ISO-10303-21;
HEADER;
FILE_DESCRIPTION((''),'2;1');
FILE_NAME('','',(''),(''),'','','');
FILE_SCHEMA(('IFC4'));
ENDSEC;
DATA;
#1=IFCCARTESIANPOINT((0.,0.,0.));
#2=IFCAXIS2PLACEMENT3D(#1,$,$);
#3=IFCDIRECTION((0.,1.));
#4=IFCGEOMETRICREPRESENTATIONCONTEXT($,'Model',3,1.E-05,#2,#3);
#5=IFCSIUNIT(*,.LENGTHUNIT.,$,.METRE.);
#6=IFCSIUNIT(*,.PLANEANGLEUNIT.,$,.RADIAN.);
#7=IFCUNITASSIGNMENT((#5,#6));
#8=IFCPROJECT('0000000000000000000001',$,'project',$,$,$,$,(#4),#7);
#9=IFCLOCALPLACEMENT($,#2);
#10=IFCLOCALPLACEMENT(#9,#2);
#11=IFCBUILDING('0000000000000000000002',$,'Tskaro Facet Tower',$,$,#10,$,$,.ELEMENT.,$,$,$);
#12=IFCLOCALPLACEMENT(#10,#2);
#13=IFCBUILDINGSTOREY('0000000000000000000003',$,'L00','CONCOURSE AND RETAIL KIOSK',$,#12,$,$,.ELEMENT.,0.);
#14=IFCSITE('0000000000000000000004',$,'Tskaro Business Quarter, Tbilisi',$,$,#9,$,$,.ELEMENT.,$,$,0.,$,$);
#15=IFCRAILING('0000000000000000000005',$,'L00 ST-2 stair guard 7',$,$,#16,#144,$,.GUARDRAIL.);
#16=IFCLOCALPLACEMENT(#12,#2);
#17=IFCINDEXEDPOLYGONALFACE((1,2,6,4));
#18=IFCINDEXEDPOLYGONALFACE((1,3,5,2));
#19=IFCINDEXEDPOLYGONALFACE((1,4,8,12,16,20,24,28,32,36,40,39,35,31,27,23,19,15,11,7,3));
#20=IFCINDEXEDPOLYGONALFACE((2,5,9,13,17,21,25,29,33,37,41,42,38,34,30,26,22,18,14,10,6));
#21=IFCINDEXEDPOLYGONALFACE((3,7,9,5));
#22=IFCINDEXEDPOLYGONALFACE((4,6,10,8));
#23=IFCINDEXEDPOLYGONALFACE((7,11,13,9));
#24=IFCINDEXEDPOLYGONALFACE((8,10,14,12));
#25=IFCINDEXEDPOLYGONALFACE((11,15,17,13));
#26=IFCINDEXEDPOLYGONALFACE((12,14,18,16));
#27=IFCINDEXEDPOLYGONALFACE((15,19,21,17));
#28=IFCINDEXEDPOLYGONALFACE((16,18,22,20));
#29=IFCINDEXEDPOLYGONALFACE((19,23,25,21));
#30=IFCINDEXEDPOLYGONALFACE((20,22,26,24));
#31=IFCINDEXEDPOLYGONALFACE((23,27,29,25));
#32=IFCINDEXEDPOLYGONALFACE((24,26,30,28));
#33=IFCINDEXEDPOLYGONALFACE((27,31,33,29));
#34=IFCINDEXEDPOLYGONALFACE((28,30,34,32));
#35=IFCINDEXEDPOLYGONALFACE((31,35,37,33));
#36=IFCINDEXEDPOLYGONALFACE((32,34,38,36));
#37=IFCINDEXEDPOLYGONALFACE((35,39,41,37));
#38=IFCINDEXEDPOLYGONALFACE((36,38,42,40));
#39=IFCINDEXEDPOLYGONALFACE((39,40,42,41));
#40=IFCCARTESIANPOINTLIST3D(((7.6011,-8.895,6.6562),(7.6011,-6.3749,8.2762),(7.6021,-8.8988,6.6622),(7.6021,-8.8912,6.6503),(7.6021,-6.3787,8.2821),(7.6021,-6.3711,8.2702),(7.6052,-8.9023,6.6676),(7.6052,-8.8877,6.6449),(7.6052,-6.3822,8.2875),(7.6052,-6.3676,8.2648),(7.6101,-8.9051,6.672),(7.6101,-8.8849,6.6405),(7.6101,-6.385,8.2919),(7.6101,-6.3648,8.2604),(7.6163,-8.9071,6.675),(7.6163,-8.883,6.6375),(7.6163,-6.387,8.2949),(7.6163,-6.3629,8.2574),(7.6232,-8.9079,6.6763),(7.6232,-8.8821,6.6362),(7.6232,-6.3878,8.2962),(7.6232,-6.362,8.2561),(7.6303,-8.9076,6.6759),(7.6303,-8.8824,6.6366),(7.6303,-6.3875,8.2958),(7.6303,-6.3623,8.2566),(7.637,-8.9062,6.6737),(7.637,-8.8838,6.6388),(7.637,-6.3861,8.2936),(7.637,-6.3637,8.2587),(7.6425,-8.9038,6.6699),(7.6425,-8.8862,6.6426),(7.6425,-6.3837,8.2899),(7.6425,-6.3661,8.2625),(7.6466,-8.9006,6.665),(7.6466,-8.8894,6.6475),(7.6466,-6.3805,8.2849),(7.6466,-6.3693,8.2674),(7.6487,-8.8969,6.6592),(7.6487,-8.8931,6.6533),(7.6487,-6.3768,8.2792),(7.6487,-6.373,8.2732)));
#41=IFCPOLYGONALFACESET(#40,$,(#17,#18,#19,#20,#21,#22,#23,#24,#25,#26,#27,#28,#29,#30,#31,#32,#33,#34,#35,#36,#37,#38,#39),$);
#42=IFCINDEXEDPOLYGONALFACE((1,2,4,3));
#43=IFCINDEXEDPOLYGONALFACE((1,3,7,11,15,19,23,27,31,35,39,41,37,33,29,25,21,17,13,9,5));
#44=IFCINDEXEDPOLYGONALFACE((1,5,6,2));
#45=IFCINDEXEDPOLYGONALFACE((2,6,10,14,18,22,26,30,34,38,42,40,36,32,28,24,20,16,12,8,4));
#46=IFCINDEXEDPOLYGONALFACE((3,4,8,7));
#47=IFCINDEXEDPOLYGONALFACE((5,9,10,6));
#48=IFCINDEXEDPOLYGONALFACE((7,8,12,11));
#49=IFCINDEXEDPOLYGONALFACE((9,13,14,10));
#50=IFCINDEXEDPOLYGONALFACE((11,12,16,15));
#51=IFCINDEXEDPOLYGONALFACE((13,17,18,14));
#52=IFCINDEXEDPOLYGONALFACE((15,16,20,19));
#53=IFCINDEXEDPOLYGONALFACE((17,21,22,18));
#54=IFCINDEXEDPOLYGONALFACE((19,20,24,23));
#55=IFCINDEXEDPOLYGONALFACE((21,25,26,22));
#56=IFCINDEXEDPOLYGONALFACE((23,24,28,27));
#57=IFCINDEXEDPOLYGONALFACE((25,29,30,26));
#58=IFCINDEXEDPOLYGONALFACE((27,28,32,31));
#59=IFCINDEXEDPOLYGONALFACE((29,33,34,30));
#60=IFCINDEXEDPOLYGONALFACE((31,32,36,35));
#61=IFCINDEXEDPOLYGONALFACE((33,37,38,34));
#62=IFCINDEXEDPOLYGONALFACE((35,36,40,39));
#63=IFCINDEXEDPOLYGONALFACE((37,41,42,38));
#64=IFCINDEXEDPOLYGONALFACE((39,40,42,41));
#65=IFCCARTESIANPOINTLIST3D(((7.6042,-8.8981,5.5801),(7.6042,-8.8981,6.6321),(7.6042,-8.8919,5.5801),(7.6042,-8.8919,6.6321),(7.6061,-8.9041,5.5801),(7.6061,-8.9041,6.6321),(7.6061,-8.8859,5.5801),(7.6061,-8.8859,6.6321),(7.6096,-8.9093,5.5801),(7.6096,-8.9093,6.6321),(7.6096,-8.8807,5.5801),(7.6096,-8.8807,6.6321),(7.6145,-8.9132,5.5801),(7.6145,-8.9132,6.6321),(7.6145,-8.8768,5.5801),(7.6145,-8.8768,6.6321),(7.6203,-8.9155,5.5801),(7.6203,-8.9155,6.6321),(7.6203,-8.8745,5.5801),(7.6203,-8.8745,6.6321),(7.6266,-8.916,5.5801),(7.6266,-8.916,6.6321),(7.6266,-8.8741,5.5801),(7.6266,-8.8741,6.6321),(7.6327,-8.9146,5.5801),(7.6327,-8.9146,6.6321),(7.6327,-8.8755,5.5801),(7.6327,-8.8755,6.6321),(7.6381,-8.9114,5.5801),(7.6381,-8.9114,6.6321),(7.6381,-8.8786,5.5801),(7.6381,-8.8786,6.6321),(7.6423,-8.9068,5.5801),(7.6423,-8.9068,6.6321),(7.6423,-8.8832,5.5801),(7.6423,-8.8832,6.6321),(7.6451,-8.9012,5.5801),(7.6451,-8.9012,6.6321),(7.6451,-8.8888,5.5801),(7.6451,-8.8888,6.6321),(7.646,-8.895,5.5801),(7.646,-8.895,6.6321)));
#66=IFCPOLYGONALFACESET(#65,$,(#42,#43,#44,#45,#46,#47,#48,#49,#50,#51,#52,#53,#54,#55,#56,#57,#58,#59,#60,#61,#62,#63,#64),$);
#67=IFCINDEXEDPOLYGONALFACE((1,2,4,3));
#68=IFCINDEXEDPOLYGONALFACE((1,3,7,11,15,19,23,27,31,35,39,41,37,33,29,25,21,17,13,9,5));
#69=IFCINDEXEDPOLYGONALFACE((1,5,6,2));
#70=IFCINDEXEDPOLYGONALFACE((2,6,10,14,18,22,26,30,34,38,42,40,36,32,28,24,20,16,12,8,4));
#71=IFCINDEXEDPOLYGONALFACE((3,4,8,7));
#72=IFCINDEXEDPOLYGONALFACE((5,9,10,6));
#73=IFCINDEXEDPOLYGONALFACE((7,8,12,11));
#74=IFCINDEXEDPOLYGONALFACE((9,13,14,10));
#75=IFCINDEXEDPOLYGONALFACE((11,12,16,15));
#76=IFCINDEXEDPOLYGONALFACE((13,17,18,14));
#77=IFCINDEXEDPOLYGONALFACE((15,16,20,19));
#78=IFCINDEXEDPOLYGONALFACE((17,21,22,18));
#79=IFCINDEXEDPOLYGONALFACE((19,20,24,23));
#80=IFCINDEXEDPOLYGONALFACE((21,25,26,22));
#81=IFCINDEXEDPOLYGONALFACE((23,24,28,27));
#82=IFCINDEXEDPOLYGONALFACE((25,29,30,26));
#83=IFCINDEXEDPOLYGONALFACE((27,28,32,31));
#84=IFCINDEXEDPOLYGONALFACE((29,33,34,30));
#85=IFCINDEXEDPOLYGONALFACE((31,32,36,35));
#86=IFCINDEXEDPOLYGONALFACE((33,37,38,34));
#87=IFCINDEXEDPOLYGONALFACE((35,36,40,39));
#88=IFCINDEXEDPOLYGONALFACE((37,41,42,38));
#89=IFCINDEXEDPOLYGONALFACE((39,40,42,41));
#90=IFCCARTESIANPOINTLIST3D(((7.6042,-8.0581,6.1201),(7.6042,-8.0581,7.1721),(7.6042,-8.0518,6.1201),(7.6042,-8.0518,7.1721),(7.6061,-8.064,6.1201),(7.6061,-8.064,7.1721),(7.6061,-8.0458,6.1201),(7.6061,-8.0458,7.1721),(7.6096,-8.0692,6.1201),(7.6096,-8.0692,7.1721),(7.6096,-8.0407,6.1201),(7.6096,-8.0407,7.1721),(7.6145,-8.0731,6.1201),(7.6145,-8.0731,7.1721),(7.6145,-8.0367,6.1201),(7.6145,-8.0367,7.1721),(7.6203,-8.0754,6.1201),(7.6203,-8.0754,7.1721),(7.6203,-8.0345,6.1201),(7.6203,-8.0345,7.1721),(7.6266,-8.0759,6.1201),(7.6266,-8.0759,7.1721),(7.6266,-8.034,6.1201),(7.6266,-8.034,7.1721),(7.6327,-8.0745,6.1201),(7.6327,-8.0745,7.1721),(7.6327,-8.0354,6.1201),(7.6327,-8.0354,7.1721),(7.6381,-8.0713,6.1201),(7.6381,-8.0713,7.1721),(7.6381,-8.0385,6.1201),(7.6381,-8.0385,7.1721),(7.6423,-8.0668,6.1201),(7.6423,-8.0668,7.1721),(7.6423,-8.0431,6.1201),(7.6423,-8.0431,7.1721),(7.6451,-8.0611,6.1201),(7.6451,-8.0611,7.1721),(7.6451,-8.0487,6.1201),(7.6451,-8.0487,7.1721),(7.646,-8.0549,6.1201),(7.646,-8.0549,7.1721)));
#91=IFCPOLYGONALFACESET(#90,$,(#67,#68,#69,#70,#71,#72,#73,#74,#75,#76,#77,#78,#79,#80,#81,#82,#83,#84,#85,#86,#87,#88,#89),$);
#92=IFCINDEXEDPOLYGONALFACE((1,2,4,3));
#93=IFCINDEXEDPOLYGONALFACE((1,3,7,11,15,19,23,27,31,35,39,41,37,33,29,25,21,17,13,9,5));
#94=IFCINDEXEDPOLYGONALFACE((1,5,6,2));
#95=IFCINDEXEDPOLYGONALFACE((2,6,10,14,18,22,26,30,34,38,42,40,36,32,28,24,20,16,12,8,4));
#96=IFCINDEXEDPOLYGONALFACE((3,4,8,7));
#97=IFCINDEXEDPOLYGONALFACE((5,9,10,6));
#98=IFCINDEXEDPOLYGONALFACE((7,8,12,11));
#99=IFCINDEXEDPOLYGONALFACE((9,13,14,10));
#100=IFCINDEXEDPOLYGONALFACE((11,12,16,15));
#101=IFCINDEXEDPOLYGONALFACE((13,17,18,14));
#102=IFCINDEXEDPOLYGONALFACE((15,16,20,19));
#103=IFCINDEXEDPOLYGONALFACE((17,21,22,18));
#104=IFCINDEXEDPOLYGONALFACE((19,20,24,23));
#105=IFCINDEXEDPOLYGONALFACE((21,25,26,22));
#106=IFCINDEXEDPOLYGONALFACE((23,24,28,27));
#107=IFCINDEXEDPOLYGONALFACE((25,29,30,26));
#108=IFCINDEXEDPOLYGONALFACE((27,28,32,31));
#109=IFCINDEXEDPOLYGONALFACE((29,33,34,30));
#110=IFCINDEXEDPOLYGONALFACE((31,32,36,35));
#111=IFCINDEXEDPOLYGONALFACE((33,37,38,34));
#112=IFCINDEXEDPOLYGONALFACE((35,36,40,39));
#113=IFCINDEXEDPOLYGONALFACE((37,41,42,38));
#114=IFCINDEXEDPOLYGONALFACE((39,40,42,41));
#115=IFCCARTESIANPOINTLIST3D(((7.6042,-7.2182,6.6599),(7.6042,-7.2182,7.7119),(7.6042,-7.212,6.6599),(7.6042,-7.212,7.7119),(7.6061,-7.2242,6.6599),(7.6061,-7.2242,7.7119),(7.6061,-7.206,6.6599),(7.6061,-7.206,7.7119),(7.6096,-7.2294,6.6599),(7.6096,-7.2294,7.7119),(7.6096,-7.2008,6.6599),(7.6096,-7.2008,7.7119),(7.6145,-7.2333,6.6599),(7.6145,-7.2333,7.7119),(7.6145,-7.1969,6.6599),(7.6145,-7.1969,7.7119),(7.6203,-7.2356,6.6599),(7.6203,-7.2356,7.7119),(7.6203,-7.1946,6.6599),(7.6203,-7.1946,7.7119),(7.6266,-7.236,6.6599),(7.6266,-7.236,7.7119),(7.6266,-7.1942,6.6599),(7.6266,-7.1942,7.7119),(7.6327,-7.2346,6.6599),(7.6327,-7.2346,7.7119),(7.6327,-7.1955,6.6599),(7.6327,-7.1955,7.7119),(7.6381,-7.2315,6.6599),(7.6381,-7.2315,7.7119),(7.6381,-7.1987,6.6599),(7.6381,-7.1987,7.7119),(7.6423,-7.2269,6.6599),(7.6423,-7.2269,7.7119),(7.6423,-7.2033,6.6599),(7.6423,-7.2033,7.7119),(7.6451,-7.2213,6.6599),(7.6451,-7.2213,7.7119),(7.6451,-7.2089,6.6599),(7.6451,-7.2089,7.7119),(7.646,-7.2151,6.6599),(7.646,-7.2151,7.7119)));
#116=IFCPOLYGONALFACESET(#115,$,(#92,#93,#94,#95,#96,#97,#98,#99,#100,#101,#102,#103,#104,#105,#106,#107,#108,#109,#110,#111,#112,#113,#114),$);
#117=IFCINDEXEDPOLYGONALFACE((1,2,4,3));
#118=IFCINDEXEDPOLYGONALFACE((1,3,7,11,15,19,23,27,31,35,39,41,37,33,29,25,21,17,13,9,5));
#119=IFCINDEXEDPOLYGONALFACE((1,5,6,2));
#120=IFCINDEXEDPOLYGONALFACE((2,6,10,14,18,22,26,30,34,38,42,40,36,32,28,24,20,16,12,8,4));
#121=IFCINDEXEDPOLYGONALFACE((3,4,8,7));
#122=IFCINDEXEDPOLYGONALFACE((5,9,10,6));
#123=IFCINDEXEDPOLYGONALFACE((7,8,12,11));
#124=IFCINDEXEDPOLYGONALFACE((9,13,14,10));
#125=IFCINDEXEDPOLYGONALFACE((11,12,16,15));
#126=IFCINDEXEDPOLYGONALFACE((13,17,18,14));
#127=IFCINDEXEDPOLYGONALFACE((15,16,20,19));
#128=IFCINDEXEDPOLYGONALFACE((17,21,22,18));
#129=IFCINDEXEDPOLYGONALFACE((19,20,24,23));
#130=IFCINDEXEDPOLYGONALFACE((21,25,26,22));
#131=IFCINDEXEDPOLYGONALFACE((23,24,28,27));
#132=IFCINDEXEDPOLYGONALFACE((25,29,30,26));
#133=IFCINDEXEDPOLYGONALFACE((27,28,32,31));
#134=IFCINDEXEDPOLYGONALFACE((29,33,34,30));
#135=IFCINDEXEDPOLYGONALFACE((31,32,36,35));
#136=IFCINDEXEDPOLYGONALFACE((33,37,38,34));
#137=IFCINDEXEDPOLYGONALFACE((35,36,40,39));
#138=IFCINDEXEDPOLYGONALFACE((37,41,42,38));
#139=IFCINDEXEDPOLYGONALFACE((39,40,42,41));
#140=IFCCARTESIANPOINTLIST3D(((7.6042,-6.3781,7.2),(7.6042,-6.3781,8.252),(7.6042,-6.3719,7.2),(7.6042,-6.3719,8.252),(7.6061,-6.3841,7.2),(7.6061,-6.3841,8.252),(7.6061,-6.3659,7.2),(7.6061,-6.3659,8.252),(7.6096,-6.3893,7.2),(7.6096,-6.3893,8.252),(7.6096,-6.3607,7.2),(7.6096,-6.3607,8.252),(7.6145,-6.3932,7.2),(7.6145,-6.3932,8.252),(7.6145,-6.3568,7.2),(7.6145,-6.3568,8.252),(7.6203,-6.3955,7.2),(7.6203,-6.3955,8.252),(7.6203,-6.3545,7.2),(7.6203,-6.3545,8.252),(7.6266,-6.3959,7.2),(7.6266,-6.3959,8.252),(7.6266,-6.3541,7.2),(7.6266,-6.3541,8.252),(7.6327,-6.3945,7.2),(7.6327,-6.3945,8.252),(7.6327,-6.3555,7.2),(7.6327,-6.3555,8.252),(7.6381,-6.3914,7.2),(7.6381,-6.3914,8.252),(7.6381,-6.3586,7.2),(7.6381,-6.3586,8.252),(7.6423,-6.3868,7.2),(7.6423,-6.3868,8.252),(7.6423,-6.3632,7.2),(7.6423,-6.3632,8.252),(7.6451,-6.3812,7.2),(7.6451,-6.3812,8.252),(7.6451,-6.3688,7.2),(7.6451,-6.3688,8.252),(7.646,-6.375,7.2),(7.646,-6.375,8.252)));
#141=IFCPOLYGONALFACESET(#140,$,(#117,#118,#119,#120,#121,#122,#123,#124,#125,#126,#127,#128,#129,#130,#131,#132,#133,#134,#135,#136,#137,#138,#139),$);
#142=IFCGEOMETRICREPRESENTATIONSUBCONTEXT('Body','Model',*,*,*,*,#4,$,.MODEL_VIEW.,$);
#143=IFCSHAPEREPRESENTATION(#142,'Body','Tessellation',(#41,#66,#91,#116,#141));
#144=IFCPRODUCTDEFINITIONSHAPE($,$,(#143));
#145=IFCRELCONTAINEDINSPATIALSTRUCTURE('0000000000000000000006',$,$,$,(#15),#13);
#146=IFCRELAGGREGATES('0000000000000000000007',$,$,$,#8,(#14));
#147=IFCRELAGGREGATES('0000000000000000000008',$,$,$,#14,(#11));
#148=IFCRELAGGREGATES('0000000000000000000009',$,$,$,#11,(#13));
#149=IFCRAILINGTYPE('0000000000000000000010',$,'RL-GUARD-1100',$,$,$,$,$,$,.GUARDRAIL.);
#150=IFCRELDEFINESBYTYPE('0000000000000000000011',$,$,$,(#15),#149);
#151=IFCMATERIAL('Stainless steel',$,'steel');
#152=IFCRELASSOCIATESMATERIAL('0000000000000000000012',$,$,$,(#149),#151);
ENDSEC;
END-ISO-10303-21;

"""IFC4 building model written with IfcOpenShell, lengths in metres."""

from ifc_helpers import new_model, si_unit, direction, frame, origin, origin_2d, place, context, subcontext, project, spatial, circle, extrude, material, type_object, element, save


model = new_model("IFC4")

# Units and contexts
model_context = context("Model", 3, precision=1e-05, world=origin(), true_north=direction((0.0, 1.0)))
body_context = subcontext(model_context, "Body", "Model", "MODEL_VIEW")
ifc_project = project(units=[si_unit("LENGTHUNIT", "METRE"), si_unit("PLANEANGLEUNIT", "RADIAN")], contexts=[model_context])

# Site, building, storey
site_placement = place(None, origin())
site = spatial("IfcSite", under=ifc_project, at=site_placement, Name="Tskaro Business Quarter, Tbilisi", CompositionType="ELEMENT", RefElevation=0.0)
building_placement = place(site_placement, origin())
building = spatial("IfcBuilding", under=site, at=building_placement, Name="Tskaro Facet Tower", CompositionType="ELEMENT")
storey_placement = place(building_placement, origin())
storey = spatial("IfcBuildingStorey", under=building, at=storey_placement, Name="L00", Description="CONCOURSE AND RETAIL KIOSK", CompositionType="ELEMENT", Elevation=0.0)

# Railing
ifc_material_1 = material(Name="Stainless steel", Category="steel")
railing_type_1 = type_object("IfcRailingType", Name="RL-GUARD-1100", PredefinedType="GUARDRAIL", material=ifc_material_1)
railing_1_placement = place(storey_placement, frame((7.625, -8.895, 5.5801)))
element("IfcRailing", 1, at=railing_1_placement, inside=storey, type_object=railing_type_1, Name="L00 ST-2 stair guard 7", PredefinedType="GUARDRAIL", context=body_context, shape_type="SweptSolid", body=[
    extrude(circle(Radius=0.0239, at=origin_2d()), frame((0.0, 0.0, 1.0762), z_axis=(0.0, 0.8412, 0.540725), x_axis=(-1.0, 0.0, 0.0)), (0.0, 0.0, 1.0), 2.9958),
    extrude(circle(Radius=0.021, at=origin_2d()), origin(), (0.0, 0.0, 1.0), 1.052),
    extrude(circle(Radius=0.021, at=origin_2d()), frame((0.0, 0.8401, 0.54)), (0.0, 0.0, 1.0), 1.052),
    extrude(circle(Radius=0.021, at=origin_2d()), frame((0.0, 1.6799, 1.0798)), (0.0, 0.0, 1.0), 1.052),
    extrude(circle(Radius=0.021, at=origin_2d()), frame((0.0, 2.52, 1.6199)), (0.0, 0.0, 1.0), 1.052),
])

save(model, "model.ifc")
